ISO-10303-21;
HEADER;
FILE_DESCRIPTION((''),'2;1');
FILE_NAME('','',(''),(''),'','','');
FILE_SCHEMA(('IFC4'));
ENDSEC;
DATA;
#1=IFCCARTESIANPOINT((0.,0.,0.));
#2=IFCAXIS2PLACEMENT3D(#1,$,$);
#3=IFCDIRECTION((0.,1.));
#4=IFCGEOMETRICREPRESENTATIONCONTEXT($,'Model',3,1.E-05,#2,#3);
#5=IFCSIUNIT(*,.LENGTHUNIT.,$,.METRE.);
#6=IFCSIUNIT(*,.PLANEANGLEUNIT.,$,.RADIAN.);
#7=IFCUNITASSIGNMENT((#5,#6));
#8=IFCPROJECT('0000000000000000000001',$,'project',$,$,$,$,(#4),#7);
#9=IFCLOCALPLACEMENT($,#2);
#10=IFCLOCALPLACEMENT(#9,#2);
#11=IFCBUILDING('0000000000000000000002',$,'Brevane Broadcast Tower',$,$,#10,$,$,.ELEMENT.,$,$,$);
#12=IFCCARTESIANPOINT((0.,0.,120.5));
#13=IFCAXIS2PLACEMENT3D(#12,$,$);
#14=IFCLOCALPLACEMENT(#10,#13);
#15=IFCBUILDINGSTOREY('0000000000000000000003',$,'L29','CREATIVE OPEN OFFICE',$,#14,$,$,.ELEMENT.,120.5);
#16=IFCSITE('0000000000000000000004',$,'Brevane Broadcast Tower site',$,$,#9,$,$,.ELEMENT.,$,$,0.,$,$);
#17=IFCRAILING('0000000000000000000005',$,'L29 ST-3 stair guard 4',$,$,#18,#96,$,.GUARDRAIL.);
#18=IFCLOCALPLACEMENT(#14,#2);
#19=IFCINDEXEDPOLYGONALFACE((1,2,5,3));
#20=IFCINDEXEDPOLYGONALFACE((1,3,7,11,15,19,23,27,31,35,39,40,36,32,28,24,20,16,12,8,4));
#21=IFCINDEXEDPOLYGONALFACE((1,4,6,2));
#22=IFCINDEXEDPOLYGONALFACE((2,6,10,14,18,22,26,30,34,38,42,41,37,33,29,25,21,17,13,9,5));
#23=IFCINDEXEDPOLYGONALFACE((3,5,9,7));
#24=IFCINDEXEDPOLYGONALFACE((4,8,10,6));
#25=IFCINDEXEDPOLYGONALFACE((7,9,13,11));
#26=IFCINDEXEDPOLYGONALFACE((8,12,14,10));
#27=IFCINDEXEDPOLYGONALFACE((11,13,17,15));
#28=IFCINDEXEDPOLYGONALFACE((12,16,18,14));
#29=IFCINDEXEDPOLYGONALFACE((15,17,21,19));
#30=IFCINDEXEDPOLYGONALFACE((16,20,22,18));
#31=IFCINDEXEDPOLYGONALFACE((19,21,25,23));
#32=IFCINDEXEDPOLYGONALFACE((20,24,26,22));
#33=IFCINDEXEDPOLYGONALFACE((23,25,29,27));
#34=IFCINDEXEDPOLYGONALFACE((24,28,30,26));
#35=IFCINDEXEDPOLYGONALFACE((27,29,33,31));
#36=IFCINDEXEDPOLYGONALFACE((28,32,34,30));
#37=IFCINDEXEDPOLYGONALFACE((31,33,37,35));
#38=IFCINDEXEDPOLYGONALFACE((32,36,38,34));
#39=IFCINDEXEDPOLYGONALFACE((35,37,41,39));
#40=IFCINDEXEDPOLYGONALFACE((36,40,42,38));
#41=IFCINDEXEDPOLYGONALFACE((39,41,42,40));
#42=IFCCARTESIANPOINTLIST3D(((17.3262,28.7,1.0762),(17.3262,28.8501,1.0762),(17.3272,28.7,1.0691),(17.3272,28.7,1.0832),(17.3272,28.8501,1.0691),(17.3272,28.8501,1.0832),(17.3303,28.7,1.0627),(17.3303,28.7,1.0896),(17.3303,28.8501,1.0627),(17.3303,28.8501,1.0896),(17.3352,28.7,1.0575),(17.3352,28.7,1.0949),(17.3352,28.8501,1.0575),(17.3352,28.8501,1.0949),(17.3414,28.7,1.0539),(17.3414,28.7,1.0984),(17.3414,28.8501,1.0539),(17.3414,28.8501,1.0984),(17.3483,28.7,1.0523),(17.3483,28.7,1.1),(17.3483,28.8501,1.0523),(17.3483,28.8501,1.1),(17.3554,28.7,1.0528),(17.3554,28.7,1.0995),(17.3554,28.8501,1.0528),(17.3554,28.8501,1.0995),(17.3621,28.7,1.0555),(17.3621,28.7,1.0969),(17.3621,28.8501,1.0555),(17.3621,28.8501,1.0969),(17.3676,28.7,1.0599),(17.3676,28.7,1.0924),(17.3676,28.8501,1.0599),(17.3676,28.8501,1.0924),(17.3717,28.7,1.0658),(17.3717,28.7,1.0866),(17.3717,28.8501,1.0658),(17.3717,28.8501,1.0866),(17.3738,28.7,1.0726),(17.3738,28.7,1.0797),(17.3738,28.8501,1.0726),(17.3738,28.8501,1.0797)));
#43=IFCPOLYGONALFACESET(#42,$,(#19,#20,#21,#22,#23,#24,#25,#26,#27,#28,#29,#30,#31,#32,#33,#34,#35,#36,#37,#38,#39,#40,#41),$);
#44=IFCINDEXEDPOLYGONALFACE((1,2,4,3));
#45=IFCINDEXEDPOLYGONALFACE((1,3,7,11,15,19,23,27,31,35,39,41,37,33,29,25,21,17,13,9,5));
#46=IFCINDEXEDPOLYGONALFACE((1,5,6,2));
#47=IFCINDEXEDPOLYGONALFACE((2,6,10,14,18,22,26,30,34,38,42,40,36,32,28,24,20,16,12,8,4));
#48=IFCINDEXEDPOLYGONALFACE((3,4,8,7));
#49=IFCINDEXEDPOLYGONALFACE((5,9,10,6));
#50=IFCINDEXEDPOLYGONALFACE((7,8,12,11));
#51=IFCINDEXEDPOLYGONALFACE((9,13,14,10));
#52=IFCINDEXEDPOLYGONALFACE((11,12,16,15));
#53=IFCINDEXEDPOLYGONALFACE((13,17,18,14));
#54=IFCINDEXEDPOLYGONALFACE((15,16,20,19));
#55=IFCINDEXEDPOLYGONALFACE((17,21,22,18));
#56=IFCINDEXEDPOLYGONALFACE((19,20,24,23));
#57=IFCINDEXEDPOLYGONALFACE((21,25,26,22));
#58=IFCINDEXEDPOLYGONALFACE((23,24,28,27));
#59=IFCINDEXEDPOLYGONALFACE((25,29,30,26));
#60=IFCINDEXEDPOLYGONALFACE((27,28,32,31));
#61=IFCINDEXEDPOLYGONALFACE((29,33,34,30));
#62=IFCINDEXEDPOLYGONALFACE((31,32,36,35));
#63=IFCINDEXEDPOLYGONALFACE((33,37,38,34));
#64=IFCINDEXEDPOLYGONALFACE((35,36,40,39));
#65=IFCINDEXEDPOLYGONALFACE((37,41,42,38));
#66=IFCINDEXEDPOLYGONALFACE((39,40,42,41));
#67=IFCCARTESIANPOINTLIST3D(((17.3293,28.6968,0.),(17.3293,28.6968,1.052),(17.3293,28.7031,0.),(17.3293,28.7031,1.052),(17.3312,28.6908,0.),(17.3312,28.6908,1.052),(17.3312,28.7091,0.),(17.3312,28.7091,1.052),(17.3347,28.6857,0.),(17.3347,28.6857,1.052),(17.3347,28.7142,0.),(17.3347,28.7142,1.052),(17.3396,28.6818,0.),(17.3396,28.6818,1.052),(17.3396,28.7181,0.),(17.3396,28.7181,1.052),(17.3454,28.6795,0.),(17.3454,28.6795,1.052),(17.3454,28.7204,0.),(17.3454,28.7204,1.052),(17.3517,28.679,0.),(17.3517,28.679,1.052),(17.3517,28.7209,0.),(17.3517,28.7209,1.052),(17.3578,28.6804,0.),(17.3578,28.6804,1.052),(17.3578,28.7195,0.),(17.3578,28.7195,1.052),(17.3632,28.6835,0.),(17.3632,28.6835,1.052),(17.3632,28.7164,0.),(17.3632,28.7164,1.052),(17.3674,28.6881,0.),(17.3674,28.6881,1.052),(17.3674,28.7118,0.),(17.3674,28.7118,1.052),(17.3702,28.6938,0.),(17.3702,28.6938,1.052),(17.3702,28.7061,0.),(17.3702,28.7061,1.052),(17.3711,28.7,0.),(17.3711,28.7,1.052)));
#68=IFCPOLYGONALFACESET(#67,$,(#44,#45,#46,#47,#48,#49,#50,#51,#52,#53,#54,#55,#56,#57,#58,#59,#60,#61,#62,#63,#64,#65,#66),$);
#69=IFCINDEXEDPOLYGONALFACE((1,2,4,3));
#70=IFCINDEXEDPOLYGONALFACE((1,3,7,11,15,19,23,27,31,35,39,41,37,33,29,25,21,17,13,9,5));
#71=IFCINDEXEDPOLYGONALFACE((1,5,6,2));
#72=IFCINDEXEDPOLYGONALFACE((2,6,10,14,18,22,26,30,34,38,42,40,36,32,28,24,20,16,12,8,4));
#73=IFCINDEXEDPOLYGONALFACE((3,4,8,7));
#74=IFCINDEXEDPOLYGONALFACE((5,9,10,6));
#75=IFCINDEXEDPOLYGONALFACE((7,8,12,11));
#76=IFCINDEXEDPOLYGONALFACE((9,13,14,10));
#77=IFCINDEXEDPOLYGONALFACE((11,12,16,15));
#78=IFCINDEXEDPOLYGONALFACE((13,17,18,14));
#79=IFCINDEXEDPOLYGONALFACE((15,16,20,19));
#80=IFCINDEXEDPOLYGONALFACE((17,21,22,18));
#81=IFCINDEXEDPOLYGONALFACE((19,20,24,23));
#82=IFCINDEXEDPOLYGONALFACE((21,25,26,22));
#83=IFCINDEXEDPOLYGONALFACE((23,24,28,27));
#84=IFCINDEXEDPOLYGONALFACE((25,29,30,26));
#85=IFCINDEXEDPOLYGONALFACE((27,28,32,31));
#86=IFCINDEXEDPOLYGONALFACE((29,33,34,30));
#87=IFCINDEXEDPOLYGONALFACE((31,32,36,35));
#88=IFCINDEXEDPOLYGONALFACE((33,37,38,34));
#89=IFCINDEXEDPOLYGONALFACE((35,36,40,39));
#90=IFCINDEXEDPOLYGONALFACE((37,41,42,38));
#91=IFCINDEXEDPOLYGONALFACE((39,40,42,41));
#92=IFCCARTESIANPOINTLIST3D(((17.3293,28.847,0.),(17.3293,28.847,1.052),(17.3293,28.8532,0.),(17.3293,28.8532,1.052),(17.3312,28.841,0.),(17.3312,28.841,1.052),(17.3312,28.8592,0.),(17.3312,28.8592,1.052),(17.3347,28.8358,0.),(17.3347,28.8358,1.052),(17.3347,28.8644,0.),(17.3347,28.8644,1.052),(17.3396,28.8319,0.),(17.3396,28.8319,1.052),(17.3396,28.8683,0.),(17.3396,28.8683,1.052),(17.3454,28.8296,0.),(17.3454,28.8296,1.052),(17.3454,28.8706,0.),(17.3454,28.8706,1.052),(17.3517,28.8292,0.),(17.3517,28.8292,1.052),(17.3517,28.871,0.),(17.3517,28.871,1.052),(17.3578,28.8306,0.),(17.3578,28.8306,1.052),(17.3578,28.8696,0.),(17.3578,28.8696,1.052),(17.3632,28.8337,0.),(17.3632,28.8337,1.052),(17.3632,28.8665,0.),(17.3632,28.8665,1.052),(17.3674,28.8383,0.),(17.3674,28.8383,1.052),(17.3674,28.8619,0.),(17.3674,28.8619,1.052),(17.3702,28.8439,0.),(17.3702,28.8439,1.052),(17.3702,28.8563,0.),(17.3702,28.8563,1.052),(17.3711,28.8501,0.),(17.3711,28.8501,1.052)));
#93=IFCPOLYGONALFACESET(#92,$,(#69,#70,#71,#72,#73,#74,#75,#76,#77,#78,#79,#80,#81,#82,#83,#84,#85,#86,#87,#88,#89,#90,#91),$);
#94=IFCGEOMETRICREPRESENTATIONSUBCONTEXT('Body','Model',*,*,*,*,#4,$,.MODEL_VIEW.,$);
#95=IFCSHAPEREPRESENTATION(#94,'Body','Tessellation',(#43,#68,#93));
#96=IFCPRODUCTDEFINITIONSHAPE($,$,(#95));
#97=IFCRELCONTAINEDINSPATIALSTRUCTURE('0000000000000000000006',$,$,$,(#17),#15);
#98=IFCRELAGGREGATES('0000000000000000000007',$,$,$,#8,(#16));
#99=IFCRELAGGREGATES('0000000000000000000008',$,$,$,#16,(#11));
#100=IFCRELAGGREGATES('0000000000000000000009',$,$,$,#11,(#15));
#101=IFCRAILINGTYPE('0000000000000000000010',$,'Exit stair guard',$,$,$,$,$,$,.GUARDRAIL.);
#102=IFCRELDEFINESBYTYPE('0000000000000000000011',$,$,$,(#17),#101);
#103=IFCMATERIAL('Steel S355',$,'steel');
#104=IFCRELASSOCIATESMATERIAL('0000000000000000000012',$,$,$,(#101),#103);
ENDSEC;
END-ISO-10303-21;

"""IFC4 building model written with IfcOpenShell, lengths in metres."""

from ifc_helpers import new_model, si_unit, direction, frame, origin, origin_2d, place, context, subcontext, project, spatial, circle, extrude, material, type_object, element, save


model = new_model("IFC4")

# Units and contexts
model_context = context("Model", 3, precision=1e-05, world=origin(), true_north=direction((0.0, 1.0)))
body_context = subcontext(model_context, "Body", "Model", "MODEL_VIEW")
ifc_project = project(units=[si_unit("LENGTHUNIT", "METRE"), si_unit("PLANEANGLEUNIT", "RADIAN")], contexts=[model_context])

# Site, building, storey
site_placement = place(None, origin())
site = spatial("IfcSite", under=ifc_project, at=site_placement, Name="Brevane Broadcast Tower site", CompositionType="ELEMENT", RefElevation=0.0)
building_placement = place(site_placement, origin())
building = spatial("IfcBuilding", under=site, at=building_placement, Name="Brevane Broadcast Tower", CompositionType="ELEMENT")
storey_placement = place(building_placement, frame((0.0, 0.0, 120.5)))
storey = spatial("IfcBuildingStorey", under=building, at=storey_placement, Name="L29", Description="CREATIVE OPEN OFFICE", CompositionType="ELEMENT", Elevation=120.5)

# Railing
ifc_material_1 = material(Name="Steel S355", Category="steel")
railing_type_1 = type_object("IfcRailingType", Name="Exit stair guard", PredefinedType="GUARDRAIL", material=ifc_material_1)
railing_1_placement = place(storey_placement, frame((17.3501, 28.7, 0.0)))
element("IfcRailing", 1, at=railing_1_placement, inside=storey, type_object=railing_type_1, Name="L29 ST-3 stair guard 4", PredefinedType="GUARDRAIL", context=body_context, shape_type="SweptSolid", body=[
    extrude(circle(Radius=0.0239, at=origin_2d()), frame((0.0, 0.0, 1.0762), z_axis=(0.0, 1.0, 0.0), x_axis=(-1.0, 0.0, 0.0)), (0.0, 0.0, 1.0), 0.1501),
    extrude(circle(Radius=0.021, at=origin_2d()), origin(), (0.0, 0.0, 1.0), 1.052),
    extrude(circle(Radius=0.021, at=origin_2d()), frame((0.0, 0.1501, 0.0)), (0.0, 0.0, 1.0), 1.052),
])

save(model, "model.ifc")
